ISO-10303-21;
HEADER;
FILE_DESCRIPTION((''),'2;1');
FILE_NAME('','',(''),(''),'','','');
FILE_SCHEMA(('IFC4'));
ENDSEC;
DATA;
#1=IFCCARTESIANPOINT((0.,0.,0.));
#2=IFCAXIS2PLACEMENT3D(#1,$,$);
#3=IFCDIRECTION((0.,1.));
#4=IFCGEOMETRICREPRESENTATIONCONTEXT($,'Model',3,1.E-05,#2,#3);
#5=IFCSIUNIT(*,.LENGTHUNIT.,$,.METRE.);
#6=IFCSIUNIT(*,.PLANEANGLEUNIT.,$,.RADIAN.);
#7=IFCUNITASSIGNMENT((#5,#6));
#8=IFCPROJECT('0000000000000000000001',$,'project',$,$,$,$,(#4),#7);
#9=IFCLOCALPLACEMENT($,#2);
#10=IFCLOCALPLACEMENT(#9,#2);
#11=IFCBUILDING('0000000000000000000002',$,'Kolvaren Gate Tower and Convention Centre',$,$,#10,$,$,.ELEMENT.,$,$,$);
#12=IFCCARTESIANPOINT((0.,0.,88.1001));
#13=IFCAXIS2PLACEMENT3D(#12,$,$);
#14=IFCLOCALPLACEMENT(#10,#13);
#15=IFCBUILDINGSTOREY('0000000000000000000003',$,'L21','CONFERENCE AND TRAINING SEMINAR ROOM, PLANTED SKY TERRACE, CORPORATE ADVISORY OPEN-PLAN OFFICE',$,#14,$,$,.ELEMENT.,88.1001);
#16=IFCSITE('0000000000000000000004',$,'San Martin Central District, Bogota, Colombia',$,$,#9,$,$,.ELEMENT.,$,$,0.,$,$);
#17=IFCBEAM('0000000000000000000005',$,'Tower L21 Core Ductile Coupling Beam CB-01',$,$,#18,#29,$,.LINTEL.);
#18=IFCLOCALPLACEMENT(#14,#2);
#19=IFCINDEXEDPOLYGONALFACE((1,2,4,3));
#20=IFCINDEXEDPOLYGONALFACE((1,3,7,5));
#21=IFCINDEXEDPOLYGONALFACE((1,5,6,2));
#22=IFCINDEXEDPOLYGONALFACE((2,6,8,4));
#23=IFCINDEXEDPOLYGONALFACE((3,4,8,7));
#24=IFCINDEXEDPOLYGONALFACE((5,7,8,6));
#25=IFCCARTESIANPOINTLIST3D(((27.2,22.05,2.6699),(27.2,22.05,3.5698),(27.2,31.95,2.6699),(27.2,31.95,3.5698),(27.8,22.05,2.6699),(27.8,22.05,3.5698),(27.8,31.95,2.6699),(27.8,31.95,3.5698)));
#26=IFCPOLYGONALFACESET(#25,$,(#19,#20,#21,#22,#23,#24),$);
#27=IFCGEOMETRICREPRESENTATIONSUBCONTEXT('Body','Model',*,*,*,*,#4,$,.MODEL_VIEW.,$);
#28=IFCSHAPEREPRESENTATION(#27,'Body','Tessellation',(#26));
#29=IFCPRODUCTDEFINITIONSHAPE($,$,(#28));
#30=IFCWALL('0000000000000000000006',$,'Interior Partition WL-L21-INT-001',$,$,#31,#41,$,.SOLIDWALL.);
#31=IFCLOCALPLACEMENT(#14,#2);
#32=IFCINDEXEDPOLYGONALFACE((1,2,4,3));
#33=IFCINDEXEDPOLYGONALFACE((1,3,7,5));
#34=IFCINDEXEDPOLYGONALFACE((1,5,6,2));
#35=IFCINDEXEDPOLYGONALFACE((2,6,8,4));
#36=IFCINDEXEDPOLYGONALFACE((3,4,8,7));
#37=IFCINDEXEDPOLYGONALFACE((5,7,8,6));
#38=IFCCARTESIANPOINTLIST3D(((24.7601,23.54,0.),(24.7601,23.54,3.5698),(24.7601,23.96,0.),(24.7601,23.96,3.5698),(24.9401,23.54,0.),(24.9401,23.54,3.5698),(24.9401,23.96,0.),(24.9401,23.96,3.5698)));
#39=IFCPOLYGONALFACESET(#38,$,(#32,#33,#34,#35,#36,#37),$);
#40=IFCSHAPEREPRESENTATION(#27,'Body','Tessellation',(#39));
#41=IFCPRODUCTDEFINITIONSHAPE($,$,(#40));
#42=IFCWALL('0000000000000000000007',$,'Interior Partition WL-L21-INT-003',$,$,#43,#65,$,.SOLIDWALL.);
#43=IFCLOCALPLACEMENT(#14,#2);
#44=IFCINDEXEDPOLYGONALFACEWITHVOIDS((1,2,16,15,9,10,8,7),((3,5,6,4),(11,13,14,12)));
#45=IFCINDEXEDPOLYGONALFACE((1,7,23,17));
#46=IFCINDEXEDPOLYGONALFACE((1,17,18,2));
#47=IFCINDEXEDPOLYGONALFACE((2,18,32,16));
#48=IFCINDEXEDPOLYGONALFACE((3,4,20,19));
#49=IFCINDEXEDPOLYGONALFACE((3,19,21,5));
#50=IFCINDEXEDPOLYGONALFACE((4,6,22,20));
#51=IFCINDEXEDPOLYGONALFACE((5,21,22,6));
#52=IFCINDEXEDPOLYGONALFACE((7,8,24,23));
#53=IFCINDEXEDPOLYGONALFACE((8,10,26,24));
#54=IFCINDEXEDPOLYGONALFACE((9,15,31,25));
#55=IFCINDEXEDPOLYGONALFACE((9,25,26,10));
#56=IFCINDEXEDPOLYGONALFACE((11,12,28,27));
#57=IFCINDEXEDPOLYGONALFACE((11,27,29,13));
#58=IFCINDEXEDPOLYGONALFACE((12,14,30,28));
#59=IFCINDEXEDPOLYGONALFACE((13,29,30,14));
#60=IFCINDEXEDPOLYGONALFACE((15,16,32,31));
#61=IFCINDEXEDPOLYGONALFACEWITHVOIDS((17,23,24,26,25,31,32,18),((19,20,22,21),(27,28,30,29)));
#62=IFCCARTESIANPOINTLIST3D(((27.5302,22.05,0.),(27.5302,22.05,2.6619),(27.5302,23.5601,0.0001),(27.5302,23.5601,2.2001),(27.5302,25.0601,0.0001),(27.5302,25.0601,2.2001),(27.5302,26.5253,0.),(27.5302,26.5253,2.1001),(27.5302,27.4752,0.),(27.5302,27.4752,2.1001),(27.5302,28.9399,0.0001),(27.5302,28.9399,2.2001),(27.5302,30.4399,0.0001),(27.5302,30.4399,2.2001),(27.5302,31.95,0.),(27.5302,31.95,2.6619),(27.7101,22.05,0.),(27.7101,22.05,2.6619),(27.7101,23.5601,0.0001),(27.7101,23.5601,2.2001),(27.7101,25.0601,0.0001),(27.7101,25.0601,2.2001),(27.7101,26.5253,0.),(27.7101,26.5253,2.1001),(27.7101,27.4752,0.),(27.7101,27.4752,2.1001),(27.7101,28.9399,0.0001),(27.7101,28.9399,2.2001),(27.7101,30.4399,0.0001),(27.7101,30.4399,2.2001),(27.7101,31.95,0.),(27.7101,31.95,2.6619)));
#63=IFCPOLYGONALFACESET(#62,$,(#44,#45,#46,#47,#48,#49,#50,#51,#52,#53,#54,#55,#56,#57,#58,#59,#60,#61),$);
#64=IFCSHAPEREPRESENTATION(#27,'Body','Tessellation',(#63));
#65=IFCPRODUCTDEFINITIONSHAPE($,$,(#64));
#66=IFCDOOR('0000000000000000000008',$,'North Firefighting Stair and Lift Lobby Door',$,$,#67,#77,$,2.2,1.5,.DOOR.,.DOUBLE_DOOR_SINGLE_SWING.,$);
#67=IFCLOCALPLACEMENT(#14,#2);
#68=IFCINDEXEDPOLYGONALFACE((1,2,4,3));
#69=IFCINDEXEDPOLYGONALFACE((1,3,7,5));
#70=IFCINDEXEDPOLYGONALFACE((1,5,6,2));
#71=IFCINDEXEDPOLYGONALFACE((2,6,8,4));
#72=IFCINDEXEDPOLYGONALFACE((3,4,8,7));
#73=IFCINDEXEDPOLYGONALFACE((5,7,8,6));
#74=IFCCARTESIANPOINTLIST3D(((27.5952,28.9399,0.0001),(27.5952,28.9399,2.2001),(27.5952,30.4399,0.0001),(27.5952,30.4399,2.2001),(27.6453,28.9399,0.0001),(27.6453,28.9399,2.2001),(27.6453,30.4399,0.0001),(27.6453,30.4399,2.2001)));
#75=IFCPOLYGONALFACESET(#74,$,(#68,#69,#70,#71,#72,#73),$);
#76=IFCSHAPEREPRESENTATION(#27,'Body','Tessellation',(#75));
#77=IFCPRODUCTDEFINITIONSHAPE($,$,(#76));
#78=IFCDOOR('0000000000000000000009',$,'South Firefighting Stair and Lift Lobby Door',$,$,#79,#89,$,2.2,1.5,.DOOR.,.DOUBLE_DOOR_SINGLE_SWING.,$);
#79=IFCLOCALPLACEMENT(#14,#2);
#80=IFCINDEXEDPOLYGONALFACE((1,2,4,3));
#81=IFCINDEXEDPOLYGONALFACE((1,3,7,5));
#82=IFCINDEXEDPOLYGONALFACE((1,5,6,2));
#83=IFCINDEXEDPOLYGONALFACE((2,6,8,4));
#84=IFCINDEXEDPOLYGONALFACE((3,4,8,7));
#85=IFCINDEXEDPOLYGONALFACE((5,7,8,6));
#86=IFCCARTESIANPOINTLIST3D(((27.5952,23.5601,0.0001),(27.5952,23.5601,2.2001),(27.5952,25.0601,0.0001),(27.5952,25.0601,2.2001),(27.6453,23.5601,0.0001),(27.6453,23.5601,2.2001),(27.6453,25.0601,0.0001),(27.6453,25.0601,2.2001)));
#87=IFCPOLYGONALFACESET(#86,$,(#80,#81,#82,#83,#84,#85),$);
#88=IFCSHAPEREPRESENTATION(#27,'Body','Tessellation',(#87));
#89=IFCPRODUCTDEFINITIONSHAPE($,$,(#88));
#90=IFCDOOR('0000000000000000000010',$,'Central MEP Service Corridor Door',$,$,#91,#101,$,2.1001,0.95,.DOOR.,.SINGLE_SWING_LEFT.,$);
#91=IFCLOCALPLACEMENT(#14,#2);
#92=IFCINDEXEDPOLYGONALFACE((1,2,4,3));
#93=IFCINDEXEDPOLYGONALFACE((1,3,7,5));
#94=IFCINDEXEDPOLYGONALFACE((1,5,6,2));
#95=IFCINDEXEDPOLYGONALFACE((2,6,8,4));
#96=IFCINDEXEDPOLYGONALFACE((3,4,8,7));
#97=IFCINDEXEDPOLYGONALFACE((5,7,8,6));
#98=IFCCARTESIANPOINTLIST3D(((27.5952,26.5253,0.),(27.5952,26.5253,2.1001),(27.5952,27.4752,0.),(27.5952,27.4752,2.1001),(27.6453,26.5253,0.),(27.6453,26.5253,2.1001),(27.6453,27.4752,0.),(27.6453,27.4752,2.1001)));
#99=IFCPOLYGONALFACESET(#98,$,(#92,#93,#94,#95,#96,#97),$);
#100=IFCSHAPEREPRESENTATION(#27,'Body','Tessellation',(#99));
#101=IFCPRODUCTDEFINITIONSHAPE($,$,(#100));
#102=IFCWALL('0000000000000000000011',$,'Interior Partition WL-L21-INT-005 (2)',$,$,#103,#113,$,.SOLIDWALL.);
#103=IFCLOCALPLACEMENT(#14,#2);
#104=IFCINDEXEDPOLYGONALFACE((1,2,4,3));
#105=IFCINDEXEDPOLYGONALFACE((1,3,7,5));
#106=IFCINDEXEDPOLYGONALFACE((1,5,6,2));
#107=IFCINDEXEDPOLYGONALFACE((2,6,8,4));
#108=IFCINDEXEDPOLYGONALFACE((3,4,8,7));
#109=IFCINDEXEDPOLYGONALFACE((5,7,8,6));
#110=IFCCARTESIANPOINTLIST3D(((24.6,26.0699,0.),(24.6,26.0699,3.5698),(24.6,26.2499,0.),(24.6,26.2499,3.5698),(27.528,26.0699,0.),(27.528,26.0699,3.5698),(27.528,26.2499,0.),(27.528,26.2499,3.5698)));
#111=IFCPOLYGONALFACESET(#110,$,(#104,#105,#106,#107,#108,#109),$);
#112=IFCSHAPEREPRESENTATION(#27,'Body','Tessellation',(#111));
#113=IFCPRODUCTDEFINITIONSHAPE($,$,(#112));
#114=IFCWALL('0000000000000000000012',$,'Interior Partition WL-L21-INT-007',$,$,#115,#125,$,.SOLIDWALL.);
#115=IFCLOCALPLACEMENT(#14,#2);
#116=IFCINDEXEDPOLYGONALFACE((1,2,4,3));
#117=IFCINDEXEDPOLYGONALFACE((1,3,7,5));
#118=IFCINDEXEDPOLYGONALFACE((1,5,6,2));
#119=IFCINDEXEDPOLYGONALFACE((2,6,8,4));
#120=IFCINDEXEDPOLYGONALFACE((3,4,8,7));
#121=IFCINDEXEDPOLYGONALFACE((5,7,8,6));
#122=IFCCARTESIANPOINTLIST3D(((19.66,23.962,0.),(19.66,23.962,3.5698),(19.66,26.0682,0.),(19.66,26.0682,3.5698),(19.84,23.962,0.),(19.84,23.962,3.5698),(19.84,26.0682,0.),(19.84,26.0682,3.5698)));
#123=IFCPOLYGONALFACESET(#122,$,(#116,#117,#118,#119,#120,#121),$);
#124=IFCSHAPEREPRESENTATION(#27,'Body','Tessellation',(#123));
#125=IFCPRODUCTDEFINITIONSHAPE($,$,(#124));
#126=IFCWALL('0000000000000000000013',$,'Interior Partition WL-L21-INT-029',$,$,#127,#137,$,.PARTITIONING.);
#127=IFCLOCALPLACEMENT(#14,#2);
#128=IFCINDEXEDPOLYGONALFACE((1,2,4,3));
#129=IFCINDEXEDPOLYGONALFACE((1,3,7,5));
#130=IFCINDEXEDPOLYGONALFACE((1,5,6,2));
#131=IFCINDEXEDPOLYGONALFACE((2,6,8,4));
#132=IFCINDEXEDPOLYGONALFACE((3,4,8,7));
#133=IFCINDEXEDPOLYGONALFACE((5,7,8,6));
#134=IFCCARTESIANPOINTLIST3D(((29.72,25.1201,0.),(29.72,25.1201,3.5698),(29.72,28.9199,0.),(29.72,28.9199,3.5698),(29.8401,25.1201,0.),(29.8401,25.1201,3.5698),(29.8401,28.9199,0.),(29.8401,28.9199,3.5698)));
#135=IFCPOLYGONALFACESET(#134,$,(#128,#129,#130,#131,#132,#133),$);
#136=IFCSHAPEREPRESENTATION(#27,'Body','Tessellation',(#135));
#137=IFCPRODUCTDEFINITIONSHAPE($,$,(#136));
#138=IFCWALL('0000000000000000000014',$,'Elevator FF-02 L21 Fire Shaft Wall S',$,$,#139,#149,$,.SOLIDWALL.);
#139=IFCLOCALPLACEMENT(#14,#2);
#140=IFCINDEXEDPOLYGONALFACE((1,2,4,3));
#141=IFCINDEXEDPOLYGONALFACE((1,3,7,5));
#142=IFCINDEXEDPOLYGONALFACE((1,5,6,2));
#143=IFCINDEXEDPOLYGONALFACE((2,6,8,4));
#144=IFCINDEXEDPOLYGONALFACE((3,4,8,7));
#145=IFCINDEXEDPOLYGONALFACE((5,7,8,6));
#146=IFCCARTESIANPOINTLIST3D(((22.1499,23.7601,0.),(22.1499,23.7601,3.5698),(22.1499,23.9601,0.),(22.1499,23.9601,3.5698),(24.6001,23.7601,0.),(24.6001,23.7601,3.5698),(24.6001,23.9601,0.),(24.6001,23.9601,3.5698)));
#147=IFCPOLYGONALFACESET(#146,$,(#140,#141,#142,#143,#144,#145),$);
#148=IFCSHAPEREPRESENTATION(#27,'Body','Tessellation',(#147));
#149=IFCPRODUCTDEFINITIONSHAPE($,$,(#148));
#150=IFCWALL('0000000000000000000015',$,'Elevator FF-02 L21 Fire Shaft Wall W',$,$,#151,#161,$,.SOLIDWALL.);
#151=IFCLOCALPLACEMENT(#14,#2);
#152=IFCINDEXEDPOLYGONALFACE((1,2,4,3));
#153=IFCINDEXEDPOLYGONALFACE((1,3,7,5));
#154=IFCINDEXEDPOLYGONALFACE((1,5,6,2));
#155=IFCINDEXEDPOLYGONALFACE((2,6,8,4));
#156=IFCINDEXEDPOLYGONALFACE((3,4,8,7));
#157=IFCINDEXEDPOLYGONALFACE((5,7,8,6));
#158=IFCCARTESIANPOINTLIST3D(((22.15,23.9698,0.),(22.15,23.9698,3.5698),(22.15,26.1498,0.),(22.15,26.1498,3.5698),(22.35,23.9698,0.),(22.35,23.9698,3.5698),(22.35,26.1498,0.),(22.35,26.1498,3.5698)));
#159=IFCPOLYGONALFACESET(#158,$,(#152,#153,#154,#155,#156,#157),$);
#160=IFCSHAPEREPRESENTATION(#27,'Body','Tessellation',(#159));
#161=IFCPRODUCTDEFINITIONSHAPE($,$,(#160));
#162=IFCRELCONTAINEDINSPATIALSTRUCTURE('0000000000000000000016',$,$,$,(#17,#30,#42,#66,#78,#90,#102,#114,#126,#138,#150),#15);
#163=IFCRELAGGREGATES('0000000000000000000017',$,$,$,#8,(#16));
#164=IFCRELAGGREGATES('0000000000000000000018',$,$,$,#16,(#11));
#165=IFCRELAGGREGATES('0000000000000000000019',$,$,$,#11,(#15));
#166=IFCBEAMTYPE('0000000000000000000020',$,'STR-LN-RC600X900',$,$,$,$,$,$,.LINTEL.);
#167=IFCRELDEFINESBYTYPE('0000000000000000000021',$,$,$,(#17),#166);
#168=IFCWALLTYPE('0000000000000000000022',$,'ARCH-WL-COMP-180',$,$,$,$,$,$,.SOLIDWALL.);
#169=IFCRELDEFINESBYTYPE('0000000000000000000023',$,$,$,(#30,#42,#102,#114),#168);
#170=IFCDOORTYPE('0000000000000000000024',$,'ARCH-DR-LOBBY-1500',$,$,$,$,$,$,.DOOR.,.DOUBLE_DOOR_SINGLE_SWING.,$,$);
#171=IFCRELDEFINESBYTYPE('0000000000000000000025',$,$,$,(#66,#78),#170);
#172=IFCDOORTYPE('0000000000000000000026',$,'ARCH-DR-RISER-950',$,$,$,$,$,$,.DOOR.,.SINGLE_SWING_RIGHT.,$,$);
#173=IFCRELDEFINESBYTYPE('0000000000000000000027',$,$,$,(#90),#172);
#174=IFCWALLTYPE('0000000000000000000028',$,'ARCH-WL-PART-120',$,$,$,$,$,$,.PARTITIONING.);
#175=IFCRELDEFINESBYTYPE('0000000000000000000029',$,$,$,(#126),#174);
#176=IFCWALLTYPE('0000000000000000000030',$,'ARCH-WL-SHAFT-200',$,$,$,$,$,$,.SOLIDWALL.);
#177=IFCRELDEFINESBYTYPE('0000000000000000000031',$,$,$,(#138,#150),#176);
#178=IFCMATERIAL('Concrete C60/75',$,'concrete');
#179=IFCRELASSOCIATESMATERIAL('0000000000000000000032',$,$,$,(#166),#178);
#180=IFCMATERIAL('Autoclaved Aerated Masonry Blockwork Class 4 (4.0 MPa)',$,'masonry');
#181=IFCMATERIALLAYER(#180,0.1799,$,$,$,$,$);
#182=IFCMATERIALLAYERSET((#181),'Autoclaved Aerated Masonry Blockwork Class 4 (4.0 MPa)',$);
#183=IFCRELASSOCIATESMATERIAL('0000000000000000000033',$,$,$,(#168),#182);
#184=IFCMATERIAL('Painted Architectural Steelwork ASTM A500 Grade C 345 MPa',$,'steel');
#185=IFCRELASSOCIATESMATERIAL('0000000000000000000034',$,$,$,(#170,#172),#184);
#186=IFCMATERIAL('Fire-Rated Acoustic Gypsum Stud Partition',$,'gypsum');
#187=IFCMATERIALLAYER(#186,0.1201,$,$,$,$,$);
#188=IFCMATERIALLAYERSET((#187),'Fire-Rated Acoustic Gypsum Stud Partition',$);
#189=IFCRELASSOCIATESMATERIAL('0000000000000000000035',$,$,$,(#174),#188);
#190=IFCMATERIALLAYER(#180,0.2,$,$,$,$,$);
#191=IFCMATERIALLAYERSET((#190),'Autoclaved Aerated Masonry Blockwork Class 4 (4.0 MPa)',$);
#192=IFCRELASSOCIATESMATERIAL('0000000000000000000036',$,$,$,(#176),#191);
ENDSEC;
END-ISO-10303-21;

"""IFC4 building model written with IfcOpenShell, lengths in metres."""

from ifc_helpers import new_model, si_unit, direction, frame, frame_2d, origin, origin_2d, place, context, subcontext, project, spatial, rectangle, extrude, material, layer, layer_set, material_profile, profile_set, type_object, element, fill, save


model = new_model("IFC4")

# Units and contexts
model_context = context("Model", 3, precision=1e-05, world=origin(), true_north=direction((0.0, 1.0)))
body_context = subcontext(model_context, "Body", "Model", "MODEL_VIEW")
ifc_project = project(units=[si_unit("LENGTHUNIT", "METRE"), si_unit("PLANEANGLEUNIT", "RADIAN")], contexts=[model_context])

# Site, building, storey
site_placement = place(None, origin())
site = spatial("IfcSite", under=ifc_project, at=site_placement, Name="San Martin Central District, Bogota, Colombia", CompositionType="ELEMENT", RefElevation=0.0)
building_placement = place(site_placement, origin())
building = spatial("IfcBuilding", under=site, at=building_placement, Name="Kolvaren Gate Tower and Convention Centre", CompositionType="ELEMENT")
storey_placement = place(building_placement, frame((0.0, 0.0, 88.1001)))
storey = spatial("IfcBuildingStorey", under=building, at=storey_placement, Name="L21", Description="CONFERENCE AND TRAINING SEMINAR ROOM, PLANTED SKY TERRACE, CORPORATE ADVISORY OPEN-PLAN OFFICE", CompositionType="ELEMENT", Elevation=88.1001)

# Beam
ifc_material_1 = material(Name="Concrete C60/75", Category="concrete")
ifc_material_profile = material_profile(ifc_material_1, rectangle(XDim=0.6001, YDim=0.8999, at=origin_2d()), Name="RC-BM-600X900")
ifc_profile_set = profile_set([ifc_material_profile], Name="Concrete C60/75")
beam_type = type_object("IfcBeamType", Name="STR-LN-RC600X900", PredefinedType="LINTEL", material=ifc_profile_set)
beam_placement = place(storey_placement, frame((27.5, 22.05, 3.1199), z_axis=(0.0, 1.0, 0.0), x_axis=(-1.0, 0.0, 0.0)))
element("IfcBeam", 1, at=beam_placement, inside=storey, type_object=beam_type, Name="Tower L21 Core Ductile Coupling Beam CB-01", PredefinedType="LINTEL", context=body_context, shape_type="SweptSolid", body=[
    extrude(rectangle(XDim=0.6001, YDim=0.8999, at=origin_2d()), origin(), (0.0, 0.0, 1.0), 9.8999),
])

# Wall
ifc_material_2 = material(Name="Autoclaved Aerated Masonry Blockwork Class 4 (4.0 MPa)", Category="masonry")
ifc_layer_1 = layer(ifc_material_2, 0.1799)
ifc_layer_set_1 = layer_set([ifc_layer_1], Name="Autoclaved Aerated Masonry Blockwork Class 4 (4.0 MPa)")
wall_type_1 = type_object("IfcWallType", Name="ARCH-WL-COMP-180", PredefinedType="SOLIDWALL", material=ifc_layer_set_1)
wall_1_placement = place(storey_placement, frame((24.8501, 23.54, 0.0), z_axis=(0.0, 0.0, 1.0), x_axis=(0.0, 1.0, 0.0)))
element("IfcWall", 2, at=wall_1_placement, inside=storey, type_object=wall_type_1, Name="Interior Partition WL-L21-INT-001", PredefinedType="SOLIDWALL", context=body_context, shape_type="SweptSolid", body=[
    extrude(rectangle(XDim=0.4199, YDim=0.1799, at=frame_2d((0.21, 0.0))), origin(), (0.0, 0.0, 1.0), 3.5698),
])

# Wall, openings, doors
wall_2_placement = place(storey_placement, frame((27.6201, 22.05, 0.0), z_axis=(0.0, 0.0, 1.0), x_axis=(0.0, 1.0, 0.0)))
wall_2 = element("IfcWall", 3, at=wall_2_placement, inside=storey, type_object=wall_type_1, Name="Interior Partition WL-L21-INT-003", PredefinedType="SOLIDWALL", context=body_context, shape_type="SweptSolid", body=[
    extrude(rectangle(XDim=9.8999, YDim=0.1799, at=frame_2d((4.95, 0.0))), origin(), (0.0, 0.0, 1.0), 2.6619),
])
opening_1_placement = place(wall_2_placement, frame((4.4751, 0.0, 0.0)))
opening_1 = element("IfcOpeningElement", 4, at=opening_1_placement, cuts=wall_2, PredefinedType="OPENING", context=body_context, shape_type="SweptSolid", body=[
    extrude(rectangle(XDim=0.95, YDim=2.1001, at=frame_2d((0.4751, 1.05))), frame((0.0, 0.0999, 0.0), z_axis=(0.0, -1.0, 0.0), x_axis=(1.0, 0.0, 0.0)), (0.0, 0.0, 1.0), 0.2),
])
opening_2_placement = place(wall_2_placement, frame((6.8899, 0.0, 0.0)))
opening_2 = element("IfcOpeningElement", 5, at=opening_2_placement, cuts=wall_2, PredefinedType="OPENING", context=body_context, shape_type="SweptSolid", body=[
    extrude(rectangle(XDim=1.5, YDim=2.2, at=frame_2d((0.75, 1.1001))), frame((0.0, 0.0999, 0.0), z_axis=(0.0, -1.0, 0.0), x_axis=(1.0, 0.0, 0.0)), (0.0, 0.0, 1.0), 0.2),
])
opening_3_placement = place(wall_2_placement, frame((1.51, 0.0, 0.0)))
opening_3 = element("IfcOpeningElement", 6, at=opening_3_placement, cuts=wall_2, PredefinedType="OPENING", context=body_context, shape_type="SweptSolid", body=[
    extrude(rectangle(XDim=1.5, YDim=2.2, at=frame_2d((0.75, 1.1001))), frame((0.0, 0.0999, 0.0), z_axis=(0.0, -1.0, 0.0), x_axis=(1.0, 0.0, 0.0)), (0.0, 0.0, 1.0), 0.2),
])
ifc_material_3 = material(Name="Painted Architectural Steelwork ASTM A500 Grade C 345 MPa", Category="steel")
door_type_1 = type_object("IfcDoorType", Name="ARCH-DR-LOBBY-1500", OperationType="DOUBLE_DOOR_SINGLE_SWING", PredefinedType="DOOR", material=ifc_material_3)
door_1_placement = place(opening_2_placement, origin())
door_1 = element("IfcDoor", 7, at=door_1_placement, inside=storey, type_object=door_type_1, Name="North Firefighting Stair and Lift Lobby Door", OperationType="DOUBLE_DOOR_SINGLE_SWING", OverallHeight=2.2, OverallWidth=1.5, PredefinedType="DOOR", context=body_context, shape_type="SweptSolid", body=[
    extrude(rectangle(XDim=1.5, YDim=2.2, at=frame_2d((0.75, 1.1001))), frame((0.0, 0.0249, 0.0), z_axis=(0.0, -1.0, 0.0), x_axis=(1.0, 0.0, 0.0)), (0.0, 0.0, 1.0), 0.05),
])
fill(opening_2, door_1)
door_2_placement = place(opening_3_placement, origin())
door_2 = element("IfcDoor", 8, at=door_2_placement, inside=storey, type_object=door_type_1, Name="South Firefighting Stair and Lift Lobby Door", OperationType="DOUBLE_DOOR_SINGLE_SWING", OverallHeight=2.2, OverallWidth=1.5, PredefinedType="DOOR", context=body_context, shape_type="SweptSolid", body=[
    extrude(rectangle(XDim=1.5, YDim=2.2, at=frame_2d((0.75, 1.1001))), frame((0.0, 0.0249, 0.0), z_axis=(0.0, -1.0, 0.0), x_axis=(1.0, 0.0, 0.0)), (0.0, 0.0, 1.0), 0.05),
])
fill(opening_3, door_2)
door_type_2 = type_object("IfcDoorType", Name="ARCH-DR-RISER-950", OperationType="SINGLE_SWING_RIGHT", PredefinedType="DOOR", material=ifc_material_3)
door_3_placement = place(opening_1_placement, origin())
door_3 = element("IfcDoor", 9, at=door_3_placement, inside=storey, type_object=door_type_2, Name="Central MEP Service Corridor Door", OperationType="SINGLE_SWING_LEFT", OverallHeight=2.1001, OverallWidth=0.95, PredefinedType="DOOR", context=body_context, shape_type="SweptSolid", body=[
    extrude(rectangle(XDim=0.95, YDim=2.1001, at=frame_2d((0.4751, 1.05))), frame((0.0, 0.0249, 0.0), z_axis=(0.0, -1.0, 0.0), x_axis=(1.0, 0.0, 0.0)), (0.0, 0.0, 1.0), 0.05),
])
fill(opening_1, door_3)

# Walls
wall_3_placement = place(storey_placement, frame((24.6001, 26.1599, 0.0), z_axis=(0.0, 0.0, 1.0), x_axis=(1.0, 0.0, 0.0)))
element("IfcWall", 10, at=wall_3_placement, inside=storey, type_object=wall_type_1, Name="Interior Partition WL-L21-INT-005 (2)", PredefinedType="SOLIDWALL", context=body_context, shape_type="SweptSolid", body=[
    extrude(rectangle(XDim=2.928, YDim=0.1799, at=frame_2d((1.4639, 0.0))), origin(), (0.0, 0.0, 1.0), 3.5698),
])
wall_4_placement = place(storey_placement, frame((19.75, 23.9619, 0.0), z_axis=(0.0, 0.0, 1.0), x_axis=(0.0, 1.0, 0.0)))
element("IfcWall", 11, at=wall_4_placement, inside=storey, type_object=wall_type_1, Name="Interior Partition WL-L21-INT-007", PredefinedType="SOLIDWALL", context=body_context, shape_type="SweptSolid", body=[
    extrude(rectangle(XDim=2.1062, YDim=0.1799, at=frame_2d((1.0532, 0.0))), origin(), (0.0, 0.0, 1.0), 3.5698),
])
ifc_material_4 = material(Name="Fire-Rated Acoustic Gypsum Stud Partition", Category="gypsum")
ifc_layer_2 = layer(ifc_material_4, 0.1201)
ifc_layer_set_2 = layer_set([ifc_layer_2], Name="Fire-Rated Acoustic Gypsum Stud Partition")
wall_type_2 = type_object("IfcWallType", Name="ARCH-WL-PART-120", PredefinedType="PARTITIONING", material=ifc_layer_set_2)
wall_5_placement = place(storey_placement, frame((29.78, 25.1201, 0.0), z_axis=(0.0, 0.0, 1.0), x_axis=(0.0, 1.0, 0.0)))
element("IfcWall", 12, at=wall_5_placement, inside=storey, type_object=wall_type_2, Name="Interior Partition WL-L21-INT-029", PredefinedType="PARTITIONING", context=body_context, shape_type="SweptSolid", body=[
    extrude(rectangle(XDim=3.7998, YDim=0.1201, at=frame_2d((1.8999, 0.0))), origin(), (0.0, 0.0, 1.0), 3.5698),
])
ifc_layer_3 = layer(ifc_material_2, 0.2)
ifc_layer_set_3 = layer_set([ifc_layer_3], Name="Autoclaved Aerated Masonry Blockwork Class 4 (4.0 MPa)")
wall_type_3 = type_object("IfcWallType", Name="ARCH-WL-SHAFT-200", PredefinedType="SOLIDWALL", material=ifc_layer_set_3)
wall_6_placement = place(storey_placement, frame((22.1499, 23.8601, 0.0), z_axis=(0.0, 0.0, 1.0), x_axis=(1.0, 0.0, 0.0)))
element("IfcWall", 13, at=wall_6_placement, inside=storey, type_object=wall_type_3, Name="Elevator FF-02 L21 Fire Shaft Wall S", PredefinedType="SOLIDWALL", context=body_context, shape_type="SweptSolid", body=[
    extrude(rectangle(XDim=2.4502, YDim=0.2, at=frame_2d((1.2251, 0.0))), origin(), (0.0, 0.0, 1.0), 3.5698),
])
wall_7_placement = place(storey_placement, frame((22.25, 23.97, 0.0), z_axis=(0.0, 0.0, 1.0), x_axis=(0.0, 1.0, 0.0)))
element("IfcWall", 14, at=wall_7_placement, inside=storey, type_object=wall_type_3, Name="Elevator FF-02 L21 Fire Shaft Wall W", PredefinedType="SOLIDWALL", context=body_context, shape_type="SweptSolid", body=[
    extrude(rectangle(XDim=2.1799, YDim=0.2, at=frame_2d((1.0898, 0.0))), origin(), (0.0, 0.0, 1.0), 3.5698),
])

save(model, "model.ifc")
